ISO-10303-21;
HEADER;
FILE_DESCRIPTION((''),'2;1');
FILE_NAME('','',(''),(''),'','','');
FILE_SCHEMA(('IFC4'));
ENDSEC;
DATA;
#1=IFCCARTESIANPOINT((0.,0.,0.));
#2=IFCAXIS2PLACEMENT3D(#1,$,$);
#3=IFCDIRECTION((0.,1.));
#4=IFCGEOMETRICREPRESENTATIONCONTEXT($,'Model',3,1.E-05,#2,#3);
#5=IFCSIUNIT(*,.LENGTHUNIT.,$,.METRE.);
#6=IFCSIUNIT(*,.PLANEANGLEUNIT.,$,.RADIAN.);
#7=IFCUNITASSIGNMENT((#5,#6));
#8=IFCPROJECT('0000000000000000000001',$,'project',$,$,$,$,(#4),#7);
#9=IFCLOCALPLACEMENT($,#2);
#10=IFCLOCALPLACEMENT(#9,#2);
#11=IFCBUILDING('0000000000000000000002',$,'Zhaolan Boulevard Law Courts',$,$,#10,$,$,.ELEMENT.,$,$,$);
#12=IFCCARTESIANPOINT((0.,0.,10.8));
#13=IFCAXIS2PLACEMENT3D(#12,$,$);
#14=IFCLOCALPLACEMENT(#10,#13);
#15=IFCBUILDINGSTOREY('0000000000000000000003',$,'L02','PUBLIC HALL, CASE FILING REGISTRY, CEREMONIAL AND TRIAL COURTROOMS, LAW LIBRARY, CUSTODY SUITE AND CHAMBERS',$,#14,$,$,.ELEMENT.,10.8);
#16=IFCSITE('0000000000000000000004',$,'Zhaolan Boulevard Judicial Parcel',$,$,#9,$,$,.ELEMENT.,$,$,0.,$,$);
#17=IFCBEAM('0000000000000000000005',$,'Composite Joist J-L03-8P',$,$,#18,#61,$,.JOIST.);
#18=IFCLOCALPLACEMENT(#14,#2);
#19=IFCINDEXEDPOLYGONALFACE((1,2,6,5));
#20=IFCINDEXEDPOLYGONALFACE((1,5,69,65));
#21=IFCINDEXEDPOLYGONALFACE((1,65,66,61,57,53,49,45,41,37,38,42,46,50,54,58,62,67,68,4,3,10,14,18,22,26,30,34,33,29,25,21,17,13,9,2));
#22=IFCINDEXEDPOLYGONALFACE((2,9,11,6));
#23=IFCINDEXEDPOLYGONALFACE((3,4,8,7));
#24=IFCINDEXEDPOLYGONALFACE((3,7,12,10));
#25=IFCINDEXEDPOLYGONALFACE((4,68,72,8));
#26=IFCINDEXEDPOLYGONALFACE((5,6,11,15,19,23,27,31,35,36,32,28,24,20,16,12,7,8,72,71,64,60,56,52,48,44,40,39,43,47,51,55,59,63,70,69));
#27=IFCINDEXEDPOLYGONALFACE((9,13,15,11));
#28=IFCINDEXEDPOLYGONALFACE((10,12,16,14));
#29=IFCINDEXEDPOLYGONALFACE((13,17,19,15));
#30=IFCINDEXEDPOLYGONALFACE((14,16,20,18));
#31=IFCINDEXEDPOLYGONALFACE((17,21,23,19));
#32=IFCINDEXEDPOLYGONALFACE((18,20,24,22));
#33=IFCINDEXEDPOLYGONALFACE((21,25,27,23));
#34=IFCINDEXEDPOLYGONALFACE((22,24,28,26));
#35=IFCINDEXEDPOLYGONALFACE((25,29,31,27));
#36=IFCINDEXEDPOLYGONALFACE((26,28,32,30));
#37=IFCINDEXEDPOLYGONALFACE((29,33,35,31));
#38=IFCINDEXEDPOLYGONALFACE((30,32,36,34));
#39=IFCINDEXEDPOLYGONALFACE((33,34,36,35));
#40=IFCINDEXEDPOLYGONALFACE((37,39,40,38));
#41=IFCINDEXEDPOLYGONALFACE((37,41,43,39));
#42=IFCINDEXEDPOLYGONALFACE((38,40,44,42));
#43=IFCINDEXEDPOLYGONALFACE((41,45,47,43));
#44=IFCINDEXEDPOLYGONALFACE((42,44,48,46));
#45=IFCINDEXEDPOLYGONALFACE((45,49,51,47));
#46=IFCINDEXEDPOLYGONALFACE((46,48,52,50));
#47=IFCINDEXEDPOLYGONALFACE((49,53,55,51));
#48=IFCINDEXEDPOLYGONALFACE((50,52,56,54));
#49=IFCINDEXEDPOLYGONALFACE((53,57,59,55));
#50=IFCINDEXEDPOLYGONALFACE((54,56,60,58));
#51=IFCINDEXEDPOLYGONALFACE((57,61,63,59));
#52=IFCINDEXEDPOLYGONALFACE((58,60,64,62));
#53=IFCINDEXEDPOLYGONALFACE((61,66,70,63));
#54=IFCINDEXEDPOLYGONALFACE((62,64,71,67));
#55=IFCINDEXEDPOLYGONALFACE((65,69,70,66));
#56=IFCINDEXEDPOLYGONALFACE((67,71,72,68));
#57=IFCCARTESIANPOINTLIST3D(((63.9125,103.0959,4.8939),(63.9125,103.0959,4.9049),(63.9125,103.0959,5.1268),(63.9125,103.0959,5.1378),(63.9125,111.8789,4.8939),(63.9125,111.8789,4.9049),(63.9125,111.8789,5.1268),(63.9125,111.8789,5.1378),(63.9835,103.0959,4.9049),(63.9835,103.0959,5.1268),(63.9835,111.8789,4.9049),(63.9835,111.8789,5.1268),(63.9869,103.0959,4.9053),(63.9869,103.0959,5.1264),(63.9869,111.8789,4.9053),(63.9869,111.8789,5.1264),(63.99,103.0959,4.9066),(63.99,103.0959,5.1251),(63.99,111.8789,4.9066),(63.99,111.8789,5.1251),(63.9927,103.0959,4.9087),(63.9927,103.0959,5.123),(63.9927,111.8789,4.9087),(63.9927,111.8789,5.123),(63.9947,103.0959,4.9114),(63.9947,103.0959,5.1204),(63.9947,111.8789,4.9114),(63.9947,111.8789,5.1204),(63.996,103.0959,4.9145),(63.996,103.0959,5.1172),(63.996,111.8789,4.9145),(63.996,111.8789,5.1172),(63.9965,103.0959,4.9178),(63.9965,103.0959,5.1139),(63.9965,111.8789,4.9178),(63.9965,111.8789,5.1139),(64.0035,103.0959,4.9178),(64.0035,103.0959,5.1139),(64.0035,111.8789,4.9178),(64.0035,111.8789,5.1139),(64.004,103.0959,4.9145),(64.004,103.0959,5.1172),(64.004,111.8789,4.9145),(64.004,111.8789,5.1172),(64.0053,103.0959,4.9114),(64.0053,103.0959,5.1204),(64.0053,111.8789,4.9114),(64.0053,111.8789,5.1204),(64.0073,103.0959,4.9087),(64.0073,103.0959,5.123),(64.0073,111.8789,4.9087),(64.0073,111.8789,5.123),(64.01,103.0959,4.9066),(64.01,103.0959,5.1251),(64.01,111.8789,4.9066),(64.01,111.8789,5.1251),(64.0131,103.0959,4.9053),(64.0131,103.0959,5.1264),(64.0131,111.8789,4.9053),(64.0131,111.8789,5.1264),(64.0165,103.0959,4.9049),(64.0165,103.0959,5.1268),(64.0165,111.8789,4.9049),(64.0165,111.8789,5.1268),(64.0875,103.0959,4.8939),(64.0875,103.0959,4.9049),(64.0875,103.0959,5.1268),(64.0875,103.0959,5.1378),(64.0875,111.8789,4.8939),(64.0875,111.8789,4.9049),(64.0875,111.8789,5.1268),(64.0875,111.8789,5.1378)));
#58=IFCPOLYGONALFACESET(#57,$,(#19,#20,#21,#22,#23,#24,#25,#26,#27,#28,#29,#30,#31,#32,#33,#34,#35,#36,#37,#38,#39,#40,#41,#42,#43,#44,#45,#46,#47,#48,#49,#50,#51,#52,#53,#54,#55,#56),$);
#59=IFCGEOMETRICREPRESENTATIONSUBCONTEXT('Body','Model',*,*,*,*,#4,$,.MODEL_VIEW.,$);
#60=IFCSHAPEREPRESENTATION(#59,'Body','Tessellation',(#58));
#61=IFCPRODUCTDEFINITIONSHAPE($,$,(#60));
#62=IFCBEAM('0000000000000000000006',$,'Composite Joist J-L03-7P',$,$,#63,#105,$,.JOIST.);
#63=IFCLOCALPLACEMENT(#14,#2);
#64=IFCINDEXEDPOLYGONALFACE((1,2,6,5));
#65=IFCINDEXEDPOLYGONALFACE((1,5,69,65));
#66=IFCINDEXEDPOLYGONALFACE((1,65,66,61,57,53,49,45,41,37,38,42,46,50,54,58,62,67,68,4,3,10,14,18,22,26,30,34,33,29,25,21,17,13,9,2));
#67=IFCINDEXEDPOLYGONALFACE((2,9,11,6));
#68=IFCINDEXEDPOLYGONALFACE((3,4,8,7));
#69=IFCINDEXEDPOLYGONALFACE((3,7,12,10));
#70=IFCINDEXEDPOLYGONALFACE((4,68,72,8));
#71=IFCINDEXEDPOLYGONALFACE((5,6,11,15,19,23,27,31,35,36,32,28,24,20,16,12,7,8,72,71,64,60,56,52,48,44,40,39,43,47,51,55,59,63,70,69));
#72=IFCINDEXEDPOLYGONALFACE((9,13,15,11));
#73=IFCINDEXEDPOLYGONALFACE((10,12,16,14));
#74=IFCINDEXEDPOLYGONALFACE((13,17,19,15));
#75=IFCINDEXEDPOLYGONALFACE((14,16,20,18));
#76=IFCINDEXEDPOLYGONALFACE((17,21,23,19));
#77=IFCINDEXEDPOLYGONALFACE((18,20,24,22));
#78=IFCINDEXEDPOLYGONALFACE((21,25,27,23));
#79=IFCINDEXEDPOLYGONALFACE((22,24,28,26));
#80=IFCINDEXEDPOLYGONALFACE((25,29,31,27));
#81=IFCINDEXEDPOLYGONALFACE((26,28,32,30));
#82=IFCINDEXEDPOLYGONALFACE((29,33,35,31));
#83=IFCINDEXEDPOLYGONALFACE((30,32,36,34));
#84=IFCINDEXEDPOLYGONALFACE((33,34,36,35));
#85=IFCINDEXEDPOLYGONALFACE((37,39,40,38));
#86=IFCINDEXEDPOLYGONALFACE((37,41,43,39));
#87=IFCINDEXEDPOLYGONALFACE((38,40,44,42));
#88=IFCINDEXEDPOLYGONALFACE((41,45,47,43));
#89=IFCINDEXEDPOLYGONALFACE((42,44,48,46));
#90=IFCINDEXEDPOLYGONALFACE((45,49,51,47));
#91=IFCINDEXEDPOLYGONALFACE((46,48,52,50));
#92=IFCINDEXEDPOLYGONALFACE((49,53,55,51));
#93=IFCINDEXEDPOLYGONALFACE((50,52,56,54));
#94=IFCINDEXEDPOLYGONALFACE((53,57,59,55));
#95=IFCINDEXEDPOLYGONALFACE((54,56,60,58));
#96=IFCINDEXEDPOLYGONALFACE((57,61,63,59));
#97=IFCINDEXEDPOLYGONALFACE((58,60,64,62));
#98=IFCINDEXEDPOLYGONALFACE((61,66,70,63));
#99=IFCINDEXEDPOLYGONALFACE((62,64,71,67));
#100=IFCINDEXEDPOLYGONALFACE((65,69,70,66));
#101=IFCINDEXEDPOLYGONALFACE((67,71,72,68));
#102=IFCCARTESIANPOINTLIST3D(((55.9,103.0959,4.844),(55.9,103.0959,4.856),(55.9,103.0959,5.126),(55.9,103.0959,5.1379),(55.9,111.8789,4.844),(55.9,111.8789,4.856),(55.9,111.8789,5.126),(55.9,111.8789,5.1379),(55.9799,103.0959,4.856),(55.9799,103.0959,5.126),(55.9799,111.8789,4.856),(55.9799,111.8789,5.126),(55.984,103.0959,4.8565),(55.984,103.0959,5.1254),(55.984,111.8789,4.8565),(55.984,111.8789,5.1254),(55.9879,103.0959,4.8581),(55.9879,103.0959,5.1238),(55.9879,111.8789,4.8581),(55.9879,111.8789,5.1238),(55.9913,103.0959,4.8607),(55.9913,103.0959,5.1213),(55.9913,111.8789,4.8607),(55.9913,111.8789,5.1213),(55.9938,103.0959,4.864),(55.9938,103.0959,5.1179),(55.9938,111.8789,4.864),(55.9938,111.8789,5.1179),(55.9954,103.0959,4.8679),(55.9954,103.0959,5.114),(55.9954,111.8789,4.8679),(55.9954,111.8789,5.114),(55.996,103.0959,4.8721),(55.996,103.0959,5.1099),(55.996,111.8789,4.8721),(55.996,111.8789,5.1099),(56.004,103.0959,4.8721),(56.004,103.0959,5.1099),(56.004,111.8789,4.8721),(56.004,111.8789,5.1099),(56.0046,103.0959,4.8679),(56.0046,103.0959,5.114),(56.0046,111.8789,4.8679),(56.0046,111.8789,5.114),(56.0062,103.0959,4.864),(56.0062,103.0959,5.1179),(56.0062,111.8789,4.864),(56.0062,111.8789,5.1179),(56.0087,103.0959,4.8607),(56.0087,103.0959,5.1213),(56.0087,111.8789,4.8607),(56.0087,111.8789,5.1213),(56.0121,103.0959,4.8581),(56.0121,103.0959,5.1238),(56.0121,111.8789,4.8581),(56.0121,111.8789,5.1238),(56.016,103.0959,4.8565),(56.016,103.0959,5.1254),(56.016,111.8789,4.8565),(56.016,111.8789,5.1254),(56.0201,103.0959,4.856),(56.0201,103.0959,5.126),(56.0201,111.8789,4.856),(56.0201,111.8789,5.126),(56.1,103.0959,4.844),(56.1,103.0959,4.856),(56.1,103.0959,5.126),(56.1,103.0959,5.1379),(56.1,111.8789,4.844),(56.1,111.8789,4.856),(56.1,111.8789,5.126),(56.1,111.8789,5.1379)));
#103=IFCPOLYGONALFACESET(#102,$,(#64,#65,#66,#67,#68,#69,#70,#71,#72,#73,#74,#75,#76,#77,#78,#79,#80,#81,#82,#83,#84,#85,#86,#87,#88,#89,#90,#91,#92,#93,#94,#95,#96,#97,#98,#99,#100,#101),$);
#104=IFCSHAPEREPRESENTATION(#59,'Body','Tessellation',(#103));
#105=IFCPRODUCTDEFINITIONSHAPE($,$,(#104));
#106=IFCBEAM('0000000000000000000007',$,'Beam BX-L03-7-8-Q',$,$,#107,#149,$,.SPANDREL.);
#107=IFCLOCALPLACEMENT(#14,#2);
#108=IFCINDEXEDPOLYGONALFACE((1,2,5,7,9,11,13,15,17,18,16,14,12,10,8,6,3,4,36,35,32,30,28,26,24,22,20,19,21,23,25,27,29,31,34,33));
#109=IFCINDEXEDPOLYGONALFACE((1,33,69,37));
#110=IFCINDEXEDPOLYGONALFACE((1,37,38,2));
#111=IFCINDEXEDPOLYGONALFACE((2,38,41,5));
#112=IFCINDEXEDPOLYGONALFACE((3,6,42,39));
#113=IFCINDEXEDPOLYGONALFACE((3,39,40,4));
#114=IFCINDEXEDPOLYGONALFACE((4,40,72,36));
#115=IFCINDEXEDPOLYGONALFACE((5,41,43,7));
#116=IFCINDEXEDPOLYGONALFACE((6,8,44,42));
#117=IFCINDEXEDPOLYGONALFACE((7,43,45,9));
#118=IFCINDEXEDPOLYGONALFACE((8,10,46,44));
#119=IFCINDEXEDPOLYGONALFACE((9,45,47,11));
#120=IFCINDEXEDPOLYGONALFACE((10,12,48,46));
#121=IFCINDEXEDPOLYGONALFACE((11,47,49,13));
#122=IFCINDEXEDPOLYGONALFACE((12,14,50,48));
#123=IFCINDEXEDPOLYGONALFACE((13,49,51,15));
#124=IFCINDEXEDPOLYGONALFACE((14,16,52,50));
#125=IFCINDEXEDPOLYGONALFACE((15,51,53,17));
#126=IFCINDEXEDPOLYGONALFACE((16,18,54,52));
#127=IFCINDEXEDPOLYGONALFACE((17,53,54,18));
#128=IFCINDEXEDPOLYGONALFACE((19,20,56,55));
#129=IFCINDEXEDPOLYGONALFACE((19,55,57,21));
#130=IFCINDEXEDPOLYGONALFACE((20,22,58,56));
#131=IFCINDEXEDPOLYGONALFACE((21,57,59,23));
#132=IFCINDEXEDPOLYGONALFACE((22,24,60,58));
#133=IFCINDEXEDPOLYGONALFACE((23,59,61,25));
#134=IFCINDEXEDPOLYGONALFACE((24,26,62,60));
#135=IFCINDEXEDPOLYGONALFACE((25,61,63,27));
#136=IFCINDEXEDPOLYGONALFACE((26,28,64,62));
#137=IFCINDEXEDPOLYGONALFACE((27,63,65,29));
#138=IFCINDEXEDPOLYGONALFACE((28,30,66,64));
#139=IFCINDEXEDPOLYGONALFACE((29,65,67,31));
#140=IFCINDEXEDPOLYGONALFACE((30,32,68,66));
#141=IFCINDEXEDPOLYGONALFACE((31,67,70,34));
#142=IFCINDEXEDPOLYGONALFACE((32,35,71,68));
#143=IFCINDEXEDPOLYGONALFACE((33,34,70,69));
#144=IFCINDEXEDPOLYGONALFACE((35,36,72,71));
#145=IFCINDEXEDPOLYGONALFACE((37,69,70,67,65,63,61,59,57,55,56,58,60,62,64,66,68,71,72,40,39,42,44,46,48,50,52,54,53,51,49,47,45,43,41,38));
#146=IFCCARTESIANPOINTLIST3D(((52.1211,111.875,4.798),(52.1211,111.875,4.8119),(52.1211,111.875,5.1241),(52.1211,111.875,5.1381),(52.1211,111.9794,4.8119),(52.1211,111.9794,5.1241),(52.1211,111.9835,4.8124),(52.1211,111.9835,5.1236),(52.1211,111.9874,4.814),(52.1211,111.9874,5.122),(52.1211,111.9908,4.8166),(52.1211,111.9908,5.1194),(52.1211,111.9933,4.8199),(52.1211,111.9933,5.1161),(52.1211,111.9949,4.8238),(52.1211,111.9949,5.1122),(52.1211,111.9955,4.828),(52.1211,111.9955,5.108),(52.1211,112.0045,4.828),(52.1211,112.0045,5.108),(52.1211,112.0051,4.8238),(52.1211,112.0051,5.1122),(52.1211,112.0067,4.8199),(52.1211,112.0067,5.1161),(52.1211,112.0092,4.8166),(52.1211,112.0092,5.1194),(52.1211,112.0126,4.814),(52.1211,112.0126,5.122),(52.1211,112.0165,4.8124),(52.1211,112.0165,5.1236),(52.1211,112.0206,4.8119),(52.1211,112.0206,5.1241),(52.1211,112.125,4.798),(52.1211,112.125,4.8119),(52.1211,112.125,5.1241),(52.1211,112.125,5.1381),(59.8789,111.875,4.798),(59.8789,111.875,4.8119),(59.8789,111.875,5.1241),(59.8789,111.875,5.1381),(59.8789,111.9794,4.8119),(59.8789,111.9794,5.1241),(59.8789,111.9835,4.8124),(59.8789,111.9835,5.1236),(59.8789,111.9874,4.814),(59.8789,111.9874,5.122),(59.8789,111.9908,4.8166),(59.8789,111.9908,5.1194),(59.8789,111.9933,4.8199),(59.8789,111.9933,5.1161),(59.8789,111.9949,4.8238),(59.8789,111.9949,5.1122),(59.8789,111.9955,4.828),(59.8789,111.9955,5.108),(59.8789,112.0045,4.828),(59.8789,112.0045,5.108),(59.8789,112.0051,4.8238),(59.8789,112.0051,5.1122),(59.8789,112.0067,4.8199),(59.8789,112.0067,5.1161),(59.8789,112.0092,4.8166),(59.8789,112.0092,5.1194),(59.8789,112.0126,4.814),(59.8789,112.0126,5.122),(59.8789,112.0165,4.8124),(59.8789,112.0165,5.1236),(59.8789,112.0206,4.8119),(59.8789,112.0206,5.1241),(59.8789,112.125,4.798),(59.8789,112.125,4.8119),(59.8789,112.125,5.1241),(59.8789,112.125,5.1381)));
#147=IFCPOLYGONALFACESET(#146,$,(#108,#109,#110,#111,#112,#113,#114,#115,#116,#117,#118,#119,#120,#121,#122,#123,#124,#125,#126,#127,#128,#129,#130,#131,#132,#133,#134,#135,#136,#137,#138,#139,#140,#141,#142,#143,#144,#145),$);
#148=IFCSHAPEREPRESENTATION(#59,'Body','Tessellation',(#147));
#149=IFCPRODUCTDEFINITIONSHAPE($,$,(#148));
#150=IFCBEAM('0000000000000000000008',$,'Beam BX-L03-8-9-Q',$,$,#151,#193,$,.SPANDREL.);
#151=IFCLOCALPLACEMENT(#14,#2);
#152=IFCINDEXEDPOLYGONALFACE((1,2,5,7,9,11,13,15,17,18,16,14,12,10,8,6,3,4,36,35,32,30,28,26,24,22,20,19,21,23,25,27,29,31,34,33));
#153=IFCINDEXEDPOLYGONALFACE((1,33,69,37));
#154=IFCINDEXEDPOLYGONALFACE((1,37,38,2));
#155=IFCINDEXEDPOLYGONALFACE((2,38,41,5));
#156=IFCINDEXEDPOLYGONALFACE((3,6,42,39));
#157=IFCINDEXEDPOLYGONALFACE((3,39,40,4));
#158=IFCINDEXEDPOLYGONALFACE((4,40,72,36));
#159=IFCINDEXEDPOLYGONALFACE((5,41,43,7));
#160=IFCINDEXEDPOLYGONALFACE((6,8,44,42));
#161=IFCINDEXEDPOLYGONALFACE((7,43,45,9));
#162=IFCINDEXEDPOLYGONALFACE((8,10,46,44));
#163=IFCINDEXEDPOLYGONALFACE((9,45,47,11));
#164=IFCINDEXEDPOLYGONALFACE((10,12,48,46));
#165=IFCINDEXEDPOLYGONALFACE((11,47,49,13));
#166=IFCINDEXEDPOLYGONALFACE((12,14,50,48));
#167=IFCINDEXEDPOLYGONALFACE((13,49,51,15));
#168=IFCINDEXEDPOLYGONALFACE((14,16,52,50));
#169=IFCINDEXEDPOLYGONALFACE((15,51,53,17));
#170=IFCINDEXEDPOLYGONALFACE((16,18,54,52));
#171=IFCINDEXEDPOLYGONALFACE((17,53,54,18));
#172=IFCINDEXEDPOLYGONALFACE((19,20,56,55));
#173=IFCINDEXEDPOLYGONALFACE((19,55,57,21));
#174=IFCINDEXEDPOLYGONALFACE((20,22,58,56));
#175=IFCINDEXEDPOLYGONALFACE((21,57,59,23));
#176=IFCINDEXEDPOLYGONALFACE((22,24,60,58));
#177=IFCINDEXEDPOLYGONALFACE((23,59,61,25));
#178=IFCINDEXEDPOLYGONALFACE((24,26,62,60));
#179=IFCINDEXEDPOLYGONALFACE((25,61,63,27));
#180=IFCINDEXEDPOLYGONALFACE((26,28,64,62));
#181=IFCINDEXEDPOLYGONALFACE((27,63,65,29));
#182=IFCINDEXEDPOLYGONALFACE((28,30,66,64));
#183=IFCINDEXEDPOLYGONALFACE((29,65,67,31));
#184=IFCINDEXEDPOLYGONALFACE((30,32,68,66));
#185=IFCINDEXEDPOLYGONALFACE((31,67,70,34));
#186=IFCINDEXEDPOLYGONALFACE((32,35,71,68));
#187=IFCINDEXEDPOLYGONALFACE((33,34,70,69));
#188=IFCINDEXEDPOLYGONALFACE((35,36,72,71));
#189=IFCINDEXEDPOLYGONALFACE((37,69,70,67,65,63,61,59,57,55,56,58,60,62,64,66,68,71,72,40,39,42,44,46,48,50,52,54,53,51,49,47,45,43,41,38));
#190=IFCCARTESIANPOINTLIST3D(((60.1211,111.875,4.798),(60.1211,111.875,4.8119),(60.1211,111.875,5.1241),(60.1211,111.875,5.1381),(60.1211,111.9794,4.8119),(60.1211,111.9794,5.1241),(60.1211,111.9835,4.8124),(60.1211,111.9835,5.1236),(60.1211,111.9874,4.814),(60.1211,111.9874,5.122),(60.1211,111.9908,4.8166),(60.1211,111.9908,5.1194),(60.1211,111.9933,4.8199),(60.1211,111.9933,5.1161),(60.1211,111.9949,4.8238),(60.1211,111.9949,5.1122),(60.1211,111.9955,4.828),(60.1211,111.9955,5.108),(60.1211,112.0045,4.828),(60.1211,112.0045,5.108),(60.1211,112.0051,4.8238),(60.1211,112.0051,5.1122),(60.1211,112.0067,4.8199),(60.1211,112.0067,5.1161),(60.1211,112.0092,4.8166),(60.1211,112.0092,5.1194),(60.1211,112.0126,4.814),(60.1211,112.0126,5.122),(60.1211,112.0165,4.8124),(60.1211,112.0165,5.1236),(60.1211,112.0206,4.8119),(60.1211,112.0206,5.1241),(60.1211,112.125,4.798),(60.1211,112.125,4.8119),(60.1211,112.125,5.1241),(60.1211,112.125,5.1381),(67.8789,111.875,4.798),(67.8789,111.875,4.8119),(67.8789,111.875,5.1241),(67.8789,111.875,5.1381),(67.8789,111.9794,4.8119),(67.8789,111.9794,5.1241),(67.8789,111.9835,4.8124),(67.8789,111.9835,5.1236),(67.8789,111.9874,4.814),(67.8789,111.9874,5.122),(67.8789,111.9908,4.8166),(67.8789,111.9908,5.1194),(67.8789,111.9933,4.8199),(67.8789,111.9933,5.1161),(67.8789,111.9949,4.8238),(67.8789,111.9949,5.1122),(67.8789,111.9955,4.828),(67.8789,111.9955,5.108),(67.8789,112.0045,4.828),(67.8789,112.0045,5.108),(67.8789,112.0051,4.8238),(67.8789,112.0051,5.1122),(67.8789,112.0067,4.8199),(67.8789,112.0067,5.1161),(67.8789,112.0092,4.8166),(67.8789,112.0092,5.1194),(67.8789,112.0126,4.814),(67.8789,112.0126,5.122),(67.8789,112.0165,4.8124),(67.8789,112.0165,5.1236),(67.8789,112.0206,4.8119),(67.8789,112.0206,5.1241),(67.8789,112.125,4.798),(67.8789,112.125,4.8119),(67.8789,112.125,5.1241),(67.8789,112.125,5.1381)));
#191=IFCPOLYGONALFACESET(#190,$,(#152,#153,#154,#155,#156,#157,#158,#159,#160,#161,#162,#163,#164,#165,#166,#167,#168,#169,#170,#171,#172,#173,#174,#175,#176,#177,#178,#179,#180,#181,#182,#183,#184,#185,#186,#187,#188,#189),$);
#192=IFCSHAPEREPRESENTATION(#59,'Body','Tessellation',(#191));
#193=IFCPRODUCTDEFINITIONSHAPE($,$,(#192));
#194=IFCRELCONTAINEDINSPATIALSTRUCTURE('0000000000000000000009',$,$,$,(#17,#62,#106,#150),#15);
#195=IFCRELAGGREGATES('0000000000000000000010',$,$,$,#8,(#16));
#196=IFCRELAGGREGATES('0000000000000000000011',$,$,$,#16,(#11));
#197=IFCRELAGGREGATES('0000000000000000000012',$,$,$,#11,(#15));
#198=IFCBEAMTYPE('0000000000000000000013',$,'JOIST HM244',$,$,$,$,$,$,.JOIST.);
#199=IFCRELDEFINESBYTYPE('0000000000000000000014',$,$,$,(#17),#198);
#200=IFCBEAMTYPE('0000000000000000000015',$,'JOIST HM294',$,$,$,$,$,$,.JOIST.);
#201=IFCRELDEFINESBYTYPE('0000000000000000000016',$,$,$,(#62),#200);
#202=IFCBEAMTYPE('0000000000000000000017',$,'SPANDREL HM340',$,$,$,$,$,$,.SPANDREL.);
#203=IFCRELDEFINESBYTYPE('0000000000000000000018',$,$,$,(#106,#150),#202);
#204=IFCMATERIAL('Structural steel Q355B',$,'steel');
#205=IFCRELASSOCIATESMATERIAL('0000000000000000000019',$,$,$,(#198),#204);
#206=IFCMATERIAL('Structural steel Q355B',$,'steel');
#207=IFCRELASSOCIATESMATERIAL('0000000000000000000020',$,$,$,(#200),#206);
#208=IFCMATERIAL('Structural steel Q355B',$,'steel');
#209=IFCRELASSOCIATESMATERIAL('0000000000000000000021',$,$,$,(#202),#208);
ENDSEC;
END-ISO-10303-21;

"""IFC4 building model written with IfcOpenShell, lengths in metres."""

from ifc_helpers import new_model, si_unit, direction, frame, origin, origin_2d, place, context, subcontext, project, spatial, i_section, extrude, material, material_profile, profile_set, type_object, element, save


model = new_model("IFC4")

# Units and contexts
model_context = context("Model", 3, precision=1e-05, world=origin(), true_north=direction((0.0, 1.0)))
body_context = subcontext(model_context, "Body", "Model", "MODEL_VIEW")
ifc_project = project(units=[si_unit("LENGTHUNIT", "METRE"), si_unit("PLANEANGLEUNIT", "RADIAN")], contexts=[model_context])

# Site, building, storey
site_placement = place(None, origin())
site = spatial("IfcSite", under=ifc_project, at=site_placement, Name="Zhaolan Boulevard Judicial Parcel", CompositionType="ELEMENT", RefElevation=0.0)
building_placement = place(site_placement, origin())
building = spatial("IfcBuilding", under=site, at=building_placement, Name="Zhaolan Boulevard Law Courts", CompositionType="ELEMENT")
storey_placement = place(building_placement, frame((0.0, 0.0, 10.8)))
storey = spatial("IfcBuildingStorey", under=building, at=storey_placement, Name="L02", Description="PUBLIC HALL, CASE FILING REGISTRY, CEREMONIAL AND TRIAL COURTROOMS, LAW LIBRARY, CUSTODY SUITE AND CHAMBERS", CompositionType="ELEMENT", Elevation=10.8)

# Beams
ifc_material_1 = material(Name="Structural steel Q355B", Category="steel")
ifc_material_profile_1 = material_profile(ifc_material_1, i_section(OverallWidth=0.175, OverallDepth=0.2439, WebThickness=0.0071, FlangeThickness=0.011, FilletRadius=0.0129, at=origin_2d()), Name="HM244x175")
ifc_profile_set_1 = profile_set([ifc_material_profile_1], Name="Structural steel Q355B")
beam_type_1 = type_object("IfcBeamType", Name="JOIST HM244", PredefinedType="JOIST", material=ifc_profile_set_1)
beam_1_placement = place(storey_placement, frame((64.0, 103.0959, 5.0159), z_axis=(0.0, 1.0, 0.0), x_axis=(-1.0, 0.0, 0.0)))
element("IfcBeam", 1, at=beam_1_placement, inside=storey, type_object=beam_type_1, Name="Composite Joist J-L03-8P", PredefinedType="JOIST", context=body_context, shape_type="SweptSolid", body=[
    extrude(i_section(OverallWidth=0.175, OverallDepth=0.2439, WebThickness=0.0071, FlangeThickness=0.011, FilletRadius=0.0129, at=origin_2d()), origin(), (0.0, 0.0, 1.0), 8.783),
])
ifc_material_2 = material(Name="Structural steel Q355B", Category="steel")
ifc_material_profile_2 = material_profile(ifc_material_2, i_section(OverallWidth=0.2, OverallDepth=0.2939, WebThickness=0.0081, FlangeThickness=0.012, FilletRadius=0.0161, at=origin_2d()), Name="HM294x200")
ifc_profile_set_2 = profile_set([ifc_material_profile_2], Name="Structural steel Q355B")
beam_type_2 = type_object("IfcBeamType", Name="JOIST HM294", PredefinedType="JOIST", material=ifc_profile_set_2)
beam_2_placement = place(storey_placement, frame((56.0, 103.0959, 4.991), z_axis=(0.0, 1.0, 0.0), x_axis=(-1.0, 0.0, 0.0)))
element("IfcBeam", 2, at=beam_2_placement, inside=storey, type_object=beam_type_2, Name="Composite Joist J-L03-7P", PredefinedType="JOIST", context=body_context, shape_type="SweptSolid", body=[
    extrude(i_section(OverallWidth=0.2, OverallDepth=0.2939, WebThickness=0.0081, FlangeThickness=0.012, FilletRadius=0.0161, at=origin_2d()), origin(), (0.0, 0.0, 1.0), 8.783),
])
ifc_material_3 = material(Name="Structural steel Q355B", Category="steel")
ifc_material_profile_3 = material_profile(ifc_material_3, i_section(OverallWidth=0.25, OverallDepth=0.3401, WebThickness=0.009, FlangeThickness=0.0139, FilletRadius=0.0161, at=origin_2d()), Name="HM340x250")
ifc_profile_set_3 = profile_set([ifc_material_profile_3], Name="Structural steel Q355B")
beam_type_3 = type_object("IfcBeamType", Name="SPANDREL HM340", PredefinedType="SPANDREL", material=ifc_profile_set_3)
for number, where, z_axis, x_axis, name in (
    (3, (52.1211, 112.0, 4.968), (1.0, 0.0, 0.0), (0.0, 1.0, 0.0), "Beam BX-L03-7-8-Q"),
    (4, (60.1211, 112.0, 4.968), (1.0, 0.0, 0.0), (0.0, 1.0, 0.0), "Beam BX-L03-8-9-Q"),
):
    element("IfcBeam", number, at=place(storey_placement, frame(where, z_axis=z_axis, x_axis=x_axis)), inside=storey, type_object=beam_type_3, Name=name, PredefinedType="SPANDREL", context=body_context, shape_type="SweptSolid", body=[
        extrude(i_section(OverallWidth=0.25, OverallDepth=0.3401, WebThickness=0.009, FlangeThickness=0.0139, FilletRadius=0.0161, at=origin_2d()), origin(), (0.0, 0.0, 1.0), 7.7578),
    ])

save(model, "model.ifc")
